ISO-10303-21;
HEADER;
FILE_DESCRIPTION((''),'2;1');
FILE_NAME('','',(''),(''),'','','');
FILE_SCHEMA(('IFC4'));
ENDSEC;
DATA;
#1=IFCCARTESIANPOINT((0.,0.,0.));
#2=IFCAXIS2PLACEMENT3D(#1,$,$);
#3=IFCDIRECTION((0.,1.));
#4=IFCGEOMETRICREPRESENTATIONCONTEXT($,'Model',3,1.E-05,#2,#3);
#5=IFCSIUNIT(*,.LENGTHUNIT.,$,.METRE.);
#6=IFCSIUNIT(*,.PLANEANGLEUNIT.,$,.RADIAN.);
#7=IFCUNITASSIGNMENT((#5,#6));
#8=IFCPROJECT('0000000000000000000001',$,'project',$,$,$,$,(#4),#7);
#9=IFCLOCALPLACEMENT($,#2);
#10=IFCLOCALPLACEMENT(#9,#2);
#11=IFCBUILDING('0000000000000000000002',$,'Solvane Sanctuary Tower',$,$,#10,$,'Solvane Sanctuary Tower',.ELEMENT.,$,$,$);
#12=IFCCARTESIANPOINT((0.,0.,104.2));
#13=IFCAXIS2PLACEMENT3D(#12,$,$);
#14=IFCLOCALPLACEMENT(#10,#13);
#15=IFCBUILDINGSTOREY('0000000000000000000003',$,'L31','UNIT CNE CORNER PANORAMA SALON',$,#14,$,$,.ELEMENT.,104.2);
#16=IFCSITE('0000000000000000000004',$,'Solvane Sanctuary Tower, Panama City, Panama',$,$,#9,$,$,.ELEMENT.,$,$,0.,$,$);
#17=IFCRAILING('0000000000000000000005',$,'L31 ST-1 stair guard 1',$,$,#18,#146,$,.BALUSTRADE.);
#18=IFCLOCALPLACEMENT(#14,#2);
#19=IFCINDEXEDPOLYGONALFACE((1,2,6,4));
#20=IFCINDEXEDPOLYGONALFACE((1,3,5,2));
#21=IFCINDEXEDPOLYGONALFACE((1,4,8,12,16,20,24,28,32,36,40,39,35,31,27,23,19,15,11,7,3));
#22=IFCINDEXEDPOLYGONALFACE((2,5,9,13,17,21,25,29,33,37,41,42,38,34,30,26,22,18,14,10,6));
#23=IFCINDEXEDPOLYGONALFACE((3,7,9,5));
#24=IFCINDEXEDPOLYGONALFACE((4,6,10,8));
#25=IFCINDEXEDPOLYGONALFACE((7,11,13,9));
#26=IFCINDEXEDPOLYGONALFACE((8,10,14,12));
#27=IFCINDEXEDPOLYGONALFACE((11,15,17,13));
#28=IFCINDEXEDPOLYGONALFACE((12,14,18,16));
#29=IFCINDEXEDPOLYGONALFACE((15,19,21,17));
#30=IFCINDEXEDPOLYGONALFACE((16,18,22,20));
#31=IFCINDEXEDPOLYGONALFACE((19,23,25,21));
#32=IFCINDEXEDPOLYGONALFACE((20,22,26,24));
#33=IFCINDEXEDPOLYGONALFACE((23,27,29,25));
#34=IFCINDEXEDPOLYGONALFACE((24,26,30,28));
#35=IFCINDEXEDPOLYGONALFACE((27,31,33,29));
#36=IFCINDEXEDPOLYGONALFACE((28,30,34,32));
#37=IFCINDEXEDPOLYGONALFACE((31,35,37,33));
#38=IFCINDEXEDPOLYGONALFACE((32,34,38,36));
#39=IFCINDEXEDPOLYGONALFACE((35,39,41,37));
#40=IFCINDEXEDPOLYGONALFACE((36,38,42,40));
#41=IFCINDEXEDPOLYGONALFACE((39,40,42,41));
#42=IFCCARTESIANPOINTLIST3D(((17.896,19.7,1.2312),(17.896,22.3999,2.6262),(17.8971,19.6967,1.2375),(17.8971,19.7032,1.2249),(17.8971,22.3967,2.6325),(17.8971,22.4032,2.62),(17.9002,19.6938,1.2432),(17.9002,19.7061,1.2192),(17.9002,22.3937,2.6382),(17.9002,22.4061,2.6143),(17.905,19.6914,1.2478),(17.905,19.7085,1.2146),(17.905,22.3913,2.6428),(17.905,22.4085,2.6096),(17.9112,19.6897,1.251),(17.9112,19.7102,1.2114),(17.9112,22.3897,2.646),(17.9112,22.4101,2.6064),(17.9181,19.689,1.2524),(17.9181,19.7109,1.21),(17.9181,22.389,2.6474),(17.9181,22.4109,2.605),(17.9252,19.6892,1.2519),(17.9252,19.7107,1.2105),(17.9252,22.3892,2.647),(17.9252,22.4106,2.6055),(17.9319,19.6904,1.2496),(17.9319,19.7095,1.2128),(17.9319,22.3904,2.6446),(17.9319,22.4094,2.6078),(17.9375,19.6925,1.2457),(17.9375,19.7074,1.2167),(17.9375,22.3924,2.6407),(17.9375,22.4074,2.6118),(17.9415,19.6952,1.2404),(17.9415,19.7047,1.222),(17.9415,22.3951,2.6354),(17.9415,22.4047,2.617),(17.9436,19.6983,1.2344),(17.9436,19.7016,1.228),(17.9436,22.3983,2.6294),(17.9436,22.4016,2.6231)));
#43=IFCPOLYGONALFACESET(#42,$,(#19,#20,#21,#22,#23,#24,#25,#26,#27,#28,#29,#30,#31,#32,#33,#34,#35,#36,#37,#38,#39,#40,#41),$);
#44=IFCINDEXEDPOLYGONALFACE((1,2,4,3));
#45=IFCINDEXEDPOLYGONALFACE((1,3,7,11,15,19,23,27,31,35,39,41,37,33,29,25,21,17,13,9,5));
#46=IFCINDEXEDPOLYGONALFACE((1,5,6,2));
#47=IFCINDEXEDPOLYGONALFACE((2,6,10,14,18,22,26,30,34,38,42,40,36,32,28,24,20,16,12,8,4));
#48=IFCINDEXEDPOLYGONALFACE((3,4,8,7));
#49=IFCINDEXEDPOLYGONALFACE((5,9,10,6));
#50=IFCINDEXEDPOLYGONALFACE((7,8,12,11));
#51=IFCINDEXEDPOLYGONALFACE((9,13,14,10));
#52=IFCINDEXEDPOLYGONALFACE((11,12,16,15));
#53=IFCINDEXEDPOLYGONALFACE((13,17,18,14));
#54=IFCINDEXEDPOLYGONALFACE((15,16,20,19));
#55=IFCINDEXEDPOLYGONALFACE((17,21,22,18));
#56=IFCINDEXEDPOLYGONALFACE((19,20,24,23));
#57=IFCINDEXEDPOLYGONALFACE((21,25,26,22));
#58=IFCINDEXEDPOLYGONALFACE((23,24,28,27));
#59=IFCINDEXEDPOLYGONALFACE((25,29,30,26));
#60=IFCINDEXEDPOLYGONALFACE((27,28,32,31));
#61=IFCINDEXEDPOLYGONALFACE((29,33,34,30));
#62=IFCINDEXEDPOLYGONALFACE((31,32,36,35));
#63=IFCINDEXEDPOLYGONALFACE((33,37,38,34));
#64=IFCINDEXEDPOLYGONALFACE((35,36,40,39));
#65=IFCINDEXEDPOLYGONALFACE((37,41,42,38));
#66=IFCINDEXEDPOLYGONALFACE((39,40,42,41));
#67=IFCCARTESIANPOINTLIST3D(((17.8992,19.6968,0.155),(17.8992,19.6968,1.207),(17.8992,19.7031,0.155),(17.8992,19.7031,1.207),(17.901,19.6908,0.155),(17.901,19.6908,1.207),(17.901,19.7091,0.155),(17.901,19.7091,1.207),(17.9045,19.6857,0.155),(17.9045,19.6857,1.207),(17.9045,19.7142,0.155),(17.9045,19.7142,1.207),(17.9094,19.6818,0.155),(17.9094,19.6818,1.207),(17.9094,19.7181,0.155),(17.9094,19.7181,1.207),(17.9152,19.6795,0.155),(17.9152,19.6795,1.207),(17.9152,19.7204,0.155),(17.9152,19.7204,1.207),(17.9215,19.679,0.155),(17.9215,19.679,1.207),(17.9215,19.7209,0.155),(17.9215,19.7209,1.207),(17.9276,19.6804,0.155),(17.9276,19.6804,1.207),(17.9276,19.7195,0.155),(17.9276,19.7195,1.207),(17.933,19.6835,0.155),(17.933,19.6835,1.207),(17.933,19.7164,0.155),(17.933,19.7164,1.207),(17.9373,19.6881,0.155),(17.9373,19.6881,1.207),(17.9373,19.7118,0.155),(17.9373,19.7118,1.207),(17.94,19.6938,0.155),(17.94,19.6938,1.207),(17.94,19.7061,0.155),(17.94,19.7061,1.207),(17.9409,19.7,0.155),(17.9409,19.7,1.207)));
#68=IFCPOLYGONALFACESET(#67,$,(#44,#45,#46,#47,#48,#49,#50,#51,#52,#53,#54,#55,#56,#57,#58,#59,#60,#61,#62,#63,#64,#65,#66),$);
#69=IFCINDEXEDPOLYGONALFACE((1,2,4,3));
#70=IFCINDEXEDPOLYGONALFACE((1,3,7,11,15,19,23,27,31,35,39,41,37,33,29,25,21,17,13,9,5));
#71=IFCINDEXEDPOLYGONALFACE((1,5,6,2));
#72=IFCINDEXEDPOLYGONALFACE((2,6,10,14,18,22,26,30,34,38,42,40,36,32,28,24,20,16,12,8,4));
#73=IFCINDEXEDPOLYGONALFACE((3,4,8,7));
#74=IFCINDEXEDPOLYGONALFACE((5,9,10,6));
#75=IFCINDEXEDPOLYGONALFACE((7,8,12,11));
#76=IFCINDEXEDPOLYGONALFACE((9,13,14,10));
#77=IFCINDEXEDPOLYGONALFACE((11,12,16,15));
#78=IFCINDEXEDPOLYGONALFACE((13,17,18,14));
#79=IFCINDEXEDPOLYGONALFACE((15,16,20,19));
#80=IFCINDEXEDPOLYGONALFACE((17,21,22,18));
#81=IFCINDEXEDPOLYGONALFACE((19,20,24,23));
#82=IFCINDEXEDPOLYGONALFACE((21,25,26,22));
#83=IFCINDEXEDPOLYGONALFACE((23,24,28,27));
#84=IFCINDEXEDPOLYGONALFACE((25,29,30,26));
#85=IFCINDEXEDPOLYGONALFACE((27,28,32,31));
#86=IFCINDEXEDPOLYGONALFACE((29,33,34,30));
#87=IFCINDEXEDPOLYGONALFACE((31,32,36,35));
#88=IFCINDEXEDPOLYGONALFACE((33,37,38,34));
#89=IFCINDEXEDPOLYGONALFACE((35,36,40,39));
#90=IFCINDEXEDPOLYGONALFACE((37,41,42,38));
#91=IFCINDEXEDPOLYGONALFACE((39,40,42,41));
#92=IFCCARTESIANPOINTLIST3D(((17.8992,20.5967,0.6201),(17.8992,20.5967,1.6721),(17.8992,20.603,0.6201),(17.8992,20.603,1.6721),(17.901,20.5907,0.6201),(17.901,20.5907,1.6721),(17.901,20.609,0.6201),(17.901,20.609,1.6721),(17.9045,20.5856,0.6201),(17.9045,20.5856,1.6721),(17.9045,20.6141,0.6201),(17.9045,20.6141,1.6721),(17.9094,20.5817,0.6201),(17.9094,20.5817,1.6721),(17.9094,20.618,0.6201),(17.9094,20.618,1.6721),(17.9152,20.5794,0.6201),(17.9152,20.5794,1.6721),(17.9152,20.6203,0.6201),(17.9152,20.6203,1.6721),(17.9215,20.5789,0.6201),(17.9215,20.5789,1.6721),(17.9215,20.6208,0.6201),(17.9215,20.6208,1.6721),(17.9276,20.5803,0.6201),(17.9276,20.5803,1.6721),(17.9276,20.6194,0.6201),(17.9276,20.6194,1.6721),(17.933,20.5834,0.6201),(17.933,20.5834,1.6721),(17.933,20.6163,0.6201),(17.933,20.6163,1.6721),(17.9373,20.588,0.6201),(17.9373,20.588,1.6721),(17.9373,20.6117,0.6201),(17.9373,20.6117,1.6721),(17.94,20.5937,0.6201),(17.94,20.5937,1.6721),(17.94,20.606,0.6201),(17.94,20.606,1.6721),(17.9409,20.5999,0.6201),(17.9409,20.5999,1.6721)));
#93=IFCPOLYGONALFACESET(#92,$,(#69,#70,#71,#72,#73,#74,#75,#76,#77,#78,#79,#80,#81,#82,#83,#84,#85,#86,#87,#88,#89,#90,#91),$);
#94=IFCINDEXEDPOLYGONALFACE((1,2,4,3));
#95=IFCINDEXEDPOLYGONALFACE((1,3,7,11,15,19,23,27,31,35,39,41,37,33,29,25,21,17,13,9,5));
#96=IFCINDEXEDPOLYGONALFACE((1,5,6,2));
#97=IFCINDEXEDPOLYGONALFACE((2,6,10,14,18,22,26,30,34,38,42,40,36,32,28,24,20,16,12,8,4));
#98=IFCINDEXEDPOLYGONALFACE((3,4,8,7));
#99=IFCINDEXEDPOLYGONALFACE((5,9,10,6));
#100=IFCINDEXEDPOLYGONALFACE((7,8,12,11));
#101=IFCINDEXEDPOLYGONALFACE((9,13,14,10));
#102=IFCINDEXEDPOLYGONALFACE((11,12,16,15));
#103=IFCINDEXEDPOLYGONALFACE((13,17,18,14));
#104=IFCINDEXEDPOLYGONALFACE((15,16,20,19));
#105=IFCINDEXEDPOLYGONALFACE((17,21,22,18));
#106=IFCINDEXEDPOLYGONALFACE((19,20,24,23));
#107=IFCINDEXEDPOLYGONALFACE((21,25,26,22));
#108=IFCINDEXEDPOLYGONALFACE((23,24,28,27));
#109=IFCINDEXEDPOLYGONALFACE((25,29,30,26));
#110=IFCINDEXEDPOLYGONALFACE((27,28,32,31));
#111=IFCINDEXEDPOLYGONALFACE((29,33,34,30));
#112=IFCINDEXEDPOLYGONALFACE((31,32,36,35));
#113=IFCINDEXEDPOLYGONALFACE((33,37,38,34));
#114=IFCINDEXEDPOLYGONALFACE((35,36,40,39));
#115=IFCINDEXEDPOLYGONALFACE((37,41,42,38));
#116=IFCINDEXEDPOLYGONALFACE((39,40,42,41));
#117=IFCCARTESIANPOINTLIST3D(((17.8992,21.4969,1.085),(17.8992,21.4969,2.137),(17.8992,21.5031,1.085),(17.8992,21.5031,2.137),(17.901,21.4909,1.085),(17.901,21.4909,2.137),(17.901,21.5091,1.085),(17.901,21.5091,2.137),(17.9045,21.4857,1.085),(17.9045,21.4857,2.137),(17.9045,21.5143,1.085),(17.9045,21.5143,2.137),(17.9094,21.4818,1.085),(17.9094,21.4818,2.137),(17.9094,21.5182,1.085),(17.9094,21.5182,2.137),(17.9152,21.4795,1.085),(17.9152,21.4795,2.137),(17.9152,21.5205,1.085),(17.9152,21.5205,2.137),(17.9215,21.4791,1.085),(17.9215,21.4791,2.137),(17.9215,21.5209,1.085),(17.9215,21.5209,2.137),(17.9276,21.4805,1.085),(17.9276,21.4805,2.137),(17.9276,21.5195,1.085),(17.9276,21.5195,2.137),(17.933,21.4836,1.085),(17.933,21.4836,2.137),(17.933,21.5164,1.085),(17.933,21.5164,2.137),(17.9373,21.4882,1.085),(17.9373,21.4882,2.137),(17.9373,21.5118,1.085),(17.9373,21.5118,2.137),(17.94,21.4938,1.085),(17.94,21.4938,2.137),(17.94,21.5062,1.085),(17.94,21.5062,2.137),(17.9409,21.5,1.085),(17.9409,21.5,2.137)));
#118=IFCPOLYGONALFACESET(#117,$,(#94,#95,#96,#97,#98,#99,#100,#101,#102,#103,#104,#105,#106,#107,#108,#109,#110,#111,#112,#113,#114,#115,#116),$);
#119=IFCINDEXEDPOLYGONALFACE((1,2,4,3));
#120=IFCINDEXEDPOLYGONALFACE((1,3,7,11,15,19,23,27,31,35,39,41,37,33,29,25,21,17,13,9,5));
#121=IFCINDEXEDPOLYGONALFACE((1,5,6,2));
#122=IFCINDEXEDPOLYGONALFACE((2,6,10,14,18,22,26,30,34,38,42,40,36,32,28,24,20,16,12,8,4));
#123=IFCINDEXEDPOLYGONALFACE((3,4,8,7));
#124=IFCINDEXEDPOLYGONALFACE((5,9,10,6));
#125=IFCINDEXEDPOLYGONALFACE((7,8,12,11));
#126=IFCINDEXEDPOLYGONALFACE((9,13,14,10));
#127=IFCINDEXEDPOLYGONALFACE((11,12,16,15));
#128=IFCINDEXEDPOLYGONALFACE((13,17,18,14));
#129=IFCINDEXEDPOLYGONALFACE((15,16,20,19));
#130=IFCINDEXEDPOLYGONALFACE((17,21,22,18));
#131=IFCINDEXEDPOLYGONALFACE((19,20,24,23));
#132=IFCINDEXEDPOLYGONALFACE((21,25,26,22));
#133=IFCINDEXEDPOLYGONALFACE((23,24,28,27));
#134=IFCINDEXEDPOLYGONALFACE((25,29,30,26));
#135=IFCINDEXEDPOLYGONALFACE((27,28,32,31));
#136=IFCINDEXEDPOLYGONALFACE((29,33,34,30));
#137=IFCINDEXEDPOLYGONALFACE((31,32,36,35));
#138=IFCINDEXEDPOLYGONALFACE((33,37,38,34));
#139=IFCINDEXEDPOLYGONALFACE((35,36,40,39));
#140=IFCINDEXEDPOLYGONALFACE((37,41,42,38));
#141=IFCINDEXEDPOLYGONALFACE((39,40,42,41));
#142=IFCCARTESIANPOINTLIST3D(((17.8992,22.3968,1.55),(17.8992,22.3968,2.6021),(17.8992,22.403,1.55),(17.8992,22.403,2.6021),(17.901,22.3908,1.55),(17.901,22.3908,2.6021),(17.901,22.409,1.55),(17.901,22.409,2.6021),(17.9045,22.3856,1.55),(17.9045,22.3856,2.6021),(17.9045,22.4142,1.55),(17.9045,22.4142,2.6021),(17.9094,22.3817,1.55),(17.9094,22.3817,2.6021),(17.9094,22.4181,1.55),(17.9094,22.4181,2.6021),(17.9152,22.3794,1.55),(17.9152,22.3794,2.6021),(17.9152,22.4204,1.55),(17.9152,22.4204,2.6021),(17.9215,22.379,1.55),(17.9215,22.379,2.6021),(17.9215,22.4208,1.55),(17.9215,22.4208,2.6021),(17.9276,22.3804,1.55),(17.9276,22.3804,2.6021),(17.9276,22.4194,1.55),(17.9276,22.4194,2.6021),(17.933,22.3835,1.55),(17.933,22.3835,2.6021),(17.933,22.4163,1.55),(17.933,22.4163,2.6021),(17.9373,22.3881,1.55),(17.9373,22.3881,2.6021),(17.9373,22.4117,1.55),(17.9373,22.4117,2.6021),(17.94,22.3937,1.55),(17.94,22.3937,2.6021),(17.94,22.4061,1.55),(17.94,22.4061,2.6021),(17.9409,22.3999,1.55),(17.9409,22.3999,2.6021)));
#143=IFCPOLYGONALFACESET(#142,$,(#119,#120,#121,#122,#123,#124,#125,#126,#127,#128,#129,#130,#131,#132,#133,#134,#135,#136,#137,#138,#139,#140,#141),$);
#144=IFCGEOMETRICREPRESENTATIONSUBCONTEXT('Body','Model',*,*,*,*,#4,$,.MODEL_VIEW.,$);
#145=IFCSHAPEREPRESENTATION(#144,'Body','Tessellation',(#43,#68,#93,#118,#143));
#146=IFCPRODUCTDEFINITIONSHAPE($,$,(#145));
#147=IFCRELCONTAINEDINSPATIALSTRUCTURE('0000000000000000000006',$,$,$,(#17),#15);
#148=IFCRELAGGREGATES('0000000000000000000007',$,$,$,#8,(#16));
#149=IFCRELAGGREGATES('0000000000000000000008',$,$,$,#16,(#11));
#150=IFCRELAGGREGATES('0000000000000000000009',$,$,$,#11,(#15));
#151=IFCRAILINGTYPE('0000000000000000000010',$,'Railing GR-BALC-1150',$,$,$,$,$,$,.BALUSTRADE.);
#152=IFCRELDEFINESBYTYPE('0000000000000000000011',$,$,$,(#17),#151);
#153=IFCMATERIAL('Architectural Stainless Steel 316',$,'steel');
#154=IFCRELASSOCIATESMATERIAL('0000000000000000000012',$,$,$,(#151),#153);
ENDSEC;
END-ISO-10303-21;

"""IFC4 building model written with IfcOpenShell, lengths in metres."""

from ifc_helpers import new_model, si_unit, direction, frame, origin, origin_2d, place, context, subcontext, project, spatial, circle, extrude, material, type_object, element, save


model = new_model("IFC4")

# Units and contexts
model_context = context("Model", 3, precision=1e-05, world=origin(), true_north=direction((0.0, 1.0)))
body_context = subcontext(model_context, "Body", "Model", "MODEL_VIEW")
ifc_project = project(units=[si_unit("LENGTHUNIT", "METRE"), si_unit("PLANEANGLEUNIT", "RADIAN")], contexts=[model_context])

# Site, building, storey
site_placement = place(None, origin())
site = spatial("IfcSite", under=ifc_project, at=site_placement, Name="Solvane Sanctuary Tower, Panama City, Panama", CompositionType="ELEMENT", RefElevation=0.0)
building_placement = place(site_placement, origin())
building = spatial("IfcBuilding", under=site, at=building_placement, Name="Solvane Sanctuary Tower", LongName="Solvane Sanctuary Tower", CompositionType="ELEMENT")
storey_placement = place(building_placement, frame((0.0, 0.0, 104.2)))
storey = spatial("IfcBuildingStorey", under=building, at=storey_placement, Name="L31", Description="UNIT CNE CORNER PANORAMA SALON", CompositionType="ELEMENT", Elevation=104.2)

# Shared definitions
ifc_material_1 = material(Name="Architectural Stainless Steel 316", Category="steel")

# Railing
railing_type = type_object("IfcRailingType", Name="Railing GR-BALC-1150", PredefinedType="BALUSTRADE", material=ifc_material_1)
railing_1_placement = place(storey_placement, frame((17.9199, 19.7, 0.155)))
element("IfcRailing", 1, at=railing_1_placement, inside=storey, type_object=railing_type, Name="L31 ST-1 stair guard 1", PredefinedType="BALUSTRADE", context=body_context, shape_type="SweptSolid", body=[
    extrude(circle(Radius=0.0239, at=origin_2d()), frame((0.0, 0.0, 1.0762), z_axis=(0.0, 0.88842, 0.459032), x_axis=(-1.0, 0.0, 0.0)), (0.0, 0.0, 1.0), 3.0391),
    extrude(circle(Radius=0.021, at=origin_2d()), origin(), (0.0, 0.0, 1.0), 1.052),
    extrude(circle(Radius=0.021, at=origin_2d()), frame((0.0, 0.8999, 0.4651)), (0.0, 0.0, 1.0), 1.052),
    extrude(circle(Radius=0.021, at=origin_2d()), frame((0.0, 1.8, 0.9299)), (0.0, 0.0, 1.0), 1.052),
    extrude(circle(Radius=0.021, at=origin_2d()), frame((0.0, 2.7, 1.395)), (0.0, 0.0, 1.0), 1.052),
])

save(model, "model.ifc")
